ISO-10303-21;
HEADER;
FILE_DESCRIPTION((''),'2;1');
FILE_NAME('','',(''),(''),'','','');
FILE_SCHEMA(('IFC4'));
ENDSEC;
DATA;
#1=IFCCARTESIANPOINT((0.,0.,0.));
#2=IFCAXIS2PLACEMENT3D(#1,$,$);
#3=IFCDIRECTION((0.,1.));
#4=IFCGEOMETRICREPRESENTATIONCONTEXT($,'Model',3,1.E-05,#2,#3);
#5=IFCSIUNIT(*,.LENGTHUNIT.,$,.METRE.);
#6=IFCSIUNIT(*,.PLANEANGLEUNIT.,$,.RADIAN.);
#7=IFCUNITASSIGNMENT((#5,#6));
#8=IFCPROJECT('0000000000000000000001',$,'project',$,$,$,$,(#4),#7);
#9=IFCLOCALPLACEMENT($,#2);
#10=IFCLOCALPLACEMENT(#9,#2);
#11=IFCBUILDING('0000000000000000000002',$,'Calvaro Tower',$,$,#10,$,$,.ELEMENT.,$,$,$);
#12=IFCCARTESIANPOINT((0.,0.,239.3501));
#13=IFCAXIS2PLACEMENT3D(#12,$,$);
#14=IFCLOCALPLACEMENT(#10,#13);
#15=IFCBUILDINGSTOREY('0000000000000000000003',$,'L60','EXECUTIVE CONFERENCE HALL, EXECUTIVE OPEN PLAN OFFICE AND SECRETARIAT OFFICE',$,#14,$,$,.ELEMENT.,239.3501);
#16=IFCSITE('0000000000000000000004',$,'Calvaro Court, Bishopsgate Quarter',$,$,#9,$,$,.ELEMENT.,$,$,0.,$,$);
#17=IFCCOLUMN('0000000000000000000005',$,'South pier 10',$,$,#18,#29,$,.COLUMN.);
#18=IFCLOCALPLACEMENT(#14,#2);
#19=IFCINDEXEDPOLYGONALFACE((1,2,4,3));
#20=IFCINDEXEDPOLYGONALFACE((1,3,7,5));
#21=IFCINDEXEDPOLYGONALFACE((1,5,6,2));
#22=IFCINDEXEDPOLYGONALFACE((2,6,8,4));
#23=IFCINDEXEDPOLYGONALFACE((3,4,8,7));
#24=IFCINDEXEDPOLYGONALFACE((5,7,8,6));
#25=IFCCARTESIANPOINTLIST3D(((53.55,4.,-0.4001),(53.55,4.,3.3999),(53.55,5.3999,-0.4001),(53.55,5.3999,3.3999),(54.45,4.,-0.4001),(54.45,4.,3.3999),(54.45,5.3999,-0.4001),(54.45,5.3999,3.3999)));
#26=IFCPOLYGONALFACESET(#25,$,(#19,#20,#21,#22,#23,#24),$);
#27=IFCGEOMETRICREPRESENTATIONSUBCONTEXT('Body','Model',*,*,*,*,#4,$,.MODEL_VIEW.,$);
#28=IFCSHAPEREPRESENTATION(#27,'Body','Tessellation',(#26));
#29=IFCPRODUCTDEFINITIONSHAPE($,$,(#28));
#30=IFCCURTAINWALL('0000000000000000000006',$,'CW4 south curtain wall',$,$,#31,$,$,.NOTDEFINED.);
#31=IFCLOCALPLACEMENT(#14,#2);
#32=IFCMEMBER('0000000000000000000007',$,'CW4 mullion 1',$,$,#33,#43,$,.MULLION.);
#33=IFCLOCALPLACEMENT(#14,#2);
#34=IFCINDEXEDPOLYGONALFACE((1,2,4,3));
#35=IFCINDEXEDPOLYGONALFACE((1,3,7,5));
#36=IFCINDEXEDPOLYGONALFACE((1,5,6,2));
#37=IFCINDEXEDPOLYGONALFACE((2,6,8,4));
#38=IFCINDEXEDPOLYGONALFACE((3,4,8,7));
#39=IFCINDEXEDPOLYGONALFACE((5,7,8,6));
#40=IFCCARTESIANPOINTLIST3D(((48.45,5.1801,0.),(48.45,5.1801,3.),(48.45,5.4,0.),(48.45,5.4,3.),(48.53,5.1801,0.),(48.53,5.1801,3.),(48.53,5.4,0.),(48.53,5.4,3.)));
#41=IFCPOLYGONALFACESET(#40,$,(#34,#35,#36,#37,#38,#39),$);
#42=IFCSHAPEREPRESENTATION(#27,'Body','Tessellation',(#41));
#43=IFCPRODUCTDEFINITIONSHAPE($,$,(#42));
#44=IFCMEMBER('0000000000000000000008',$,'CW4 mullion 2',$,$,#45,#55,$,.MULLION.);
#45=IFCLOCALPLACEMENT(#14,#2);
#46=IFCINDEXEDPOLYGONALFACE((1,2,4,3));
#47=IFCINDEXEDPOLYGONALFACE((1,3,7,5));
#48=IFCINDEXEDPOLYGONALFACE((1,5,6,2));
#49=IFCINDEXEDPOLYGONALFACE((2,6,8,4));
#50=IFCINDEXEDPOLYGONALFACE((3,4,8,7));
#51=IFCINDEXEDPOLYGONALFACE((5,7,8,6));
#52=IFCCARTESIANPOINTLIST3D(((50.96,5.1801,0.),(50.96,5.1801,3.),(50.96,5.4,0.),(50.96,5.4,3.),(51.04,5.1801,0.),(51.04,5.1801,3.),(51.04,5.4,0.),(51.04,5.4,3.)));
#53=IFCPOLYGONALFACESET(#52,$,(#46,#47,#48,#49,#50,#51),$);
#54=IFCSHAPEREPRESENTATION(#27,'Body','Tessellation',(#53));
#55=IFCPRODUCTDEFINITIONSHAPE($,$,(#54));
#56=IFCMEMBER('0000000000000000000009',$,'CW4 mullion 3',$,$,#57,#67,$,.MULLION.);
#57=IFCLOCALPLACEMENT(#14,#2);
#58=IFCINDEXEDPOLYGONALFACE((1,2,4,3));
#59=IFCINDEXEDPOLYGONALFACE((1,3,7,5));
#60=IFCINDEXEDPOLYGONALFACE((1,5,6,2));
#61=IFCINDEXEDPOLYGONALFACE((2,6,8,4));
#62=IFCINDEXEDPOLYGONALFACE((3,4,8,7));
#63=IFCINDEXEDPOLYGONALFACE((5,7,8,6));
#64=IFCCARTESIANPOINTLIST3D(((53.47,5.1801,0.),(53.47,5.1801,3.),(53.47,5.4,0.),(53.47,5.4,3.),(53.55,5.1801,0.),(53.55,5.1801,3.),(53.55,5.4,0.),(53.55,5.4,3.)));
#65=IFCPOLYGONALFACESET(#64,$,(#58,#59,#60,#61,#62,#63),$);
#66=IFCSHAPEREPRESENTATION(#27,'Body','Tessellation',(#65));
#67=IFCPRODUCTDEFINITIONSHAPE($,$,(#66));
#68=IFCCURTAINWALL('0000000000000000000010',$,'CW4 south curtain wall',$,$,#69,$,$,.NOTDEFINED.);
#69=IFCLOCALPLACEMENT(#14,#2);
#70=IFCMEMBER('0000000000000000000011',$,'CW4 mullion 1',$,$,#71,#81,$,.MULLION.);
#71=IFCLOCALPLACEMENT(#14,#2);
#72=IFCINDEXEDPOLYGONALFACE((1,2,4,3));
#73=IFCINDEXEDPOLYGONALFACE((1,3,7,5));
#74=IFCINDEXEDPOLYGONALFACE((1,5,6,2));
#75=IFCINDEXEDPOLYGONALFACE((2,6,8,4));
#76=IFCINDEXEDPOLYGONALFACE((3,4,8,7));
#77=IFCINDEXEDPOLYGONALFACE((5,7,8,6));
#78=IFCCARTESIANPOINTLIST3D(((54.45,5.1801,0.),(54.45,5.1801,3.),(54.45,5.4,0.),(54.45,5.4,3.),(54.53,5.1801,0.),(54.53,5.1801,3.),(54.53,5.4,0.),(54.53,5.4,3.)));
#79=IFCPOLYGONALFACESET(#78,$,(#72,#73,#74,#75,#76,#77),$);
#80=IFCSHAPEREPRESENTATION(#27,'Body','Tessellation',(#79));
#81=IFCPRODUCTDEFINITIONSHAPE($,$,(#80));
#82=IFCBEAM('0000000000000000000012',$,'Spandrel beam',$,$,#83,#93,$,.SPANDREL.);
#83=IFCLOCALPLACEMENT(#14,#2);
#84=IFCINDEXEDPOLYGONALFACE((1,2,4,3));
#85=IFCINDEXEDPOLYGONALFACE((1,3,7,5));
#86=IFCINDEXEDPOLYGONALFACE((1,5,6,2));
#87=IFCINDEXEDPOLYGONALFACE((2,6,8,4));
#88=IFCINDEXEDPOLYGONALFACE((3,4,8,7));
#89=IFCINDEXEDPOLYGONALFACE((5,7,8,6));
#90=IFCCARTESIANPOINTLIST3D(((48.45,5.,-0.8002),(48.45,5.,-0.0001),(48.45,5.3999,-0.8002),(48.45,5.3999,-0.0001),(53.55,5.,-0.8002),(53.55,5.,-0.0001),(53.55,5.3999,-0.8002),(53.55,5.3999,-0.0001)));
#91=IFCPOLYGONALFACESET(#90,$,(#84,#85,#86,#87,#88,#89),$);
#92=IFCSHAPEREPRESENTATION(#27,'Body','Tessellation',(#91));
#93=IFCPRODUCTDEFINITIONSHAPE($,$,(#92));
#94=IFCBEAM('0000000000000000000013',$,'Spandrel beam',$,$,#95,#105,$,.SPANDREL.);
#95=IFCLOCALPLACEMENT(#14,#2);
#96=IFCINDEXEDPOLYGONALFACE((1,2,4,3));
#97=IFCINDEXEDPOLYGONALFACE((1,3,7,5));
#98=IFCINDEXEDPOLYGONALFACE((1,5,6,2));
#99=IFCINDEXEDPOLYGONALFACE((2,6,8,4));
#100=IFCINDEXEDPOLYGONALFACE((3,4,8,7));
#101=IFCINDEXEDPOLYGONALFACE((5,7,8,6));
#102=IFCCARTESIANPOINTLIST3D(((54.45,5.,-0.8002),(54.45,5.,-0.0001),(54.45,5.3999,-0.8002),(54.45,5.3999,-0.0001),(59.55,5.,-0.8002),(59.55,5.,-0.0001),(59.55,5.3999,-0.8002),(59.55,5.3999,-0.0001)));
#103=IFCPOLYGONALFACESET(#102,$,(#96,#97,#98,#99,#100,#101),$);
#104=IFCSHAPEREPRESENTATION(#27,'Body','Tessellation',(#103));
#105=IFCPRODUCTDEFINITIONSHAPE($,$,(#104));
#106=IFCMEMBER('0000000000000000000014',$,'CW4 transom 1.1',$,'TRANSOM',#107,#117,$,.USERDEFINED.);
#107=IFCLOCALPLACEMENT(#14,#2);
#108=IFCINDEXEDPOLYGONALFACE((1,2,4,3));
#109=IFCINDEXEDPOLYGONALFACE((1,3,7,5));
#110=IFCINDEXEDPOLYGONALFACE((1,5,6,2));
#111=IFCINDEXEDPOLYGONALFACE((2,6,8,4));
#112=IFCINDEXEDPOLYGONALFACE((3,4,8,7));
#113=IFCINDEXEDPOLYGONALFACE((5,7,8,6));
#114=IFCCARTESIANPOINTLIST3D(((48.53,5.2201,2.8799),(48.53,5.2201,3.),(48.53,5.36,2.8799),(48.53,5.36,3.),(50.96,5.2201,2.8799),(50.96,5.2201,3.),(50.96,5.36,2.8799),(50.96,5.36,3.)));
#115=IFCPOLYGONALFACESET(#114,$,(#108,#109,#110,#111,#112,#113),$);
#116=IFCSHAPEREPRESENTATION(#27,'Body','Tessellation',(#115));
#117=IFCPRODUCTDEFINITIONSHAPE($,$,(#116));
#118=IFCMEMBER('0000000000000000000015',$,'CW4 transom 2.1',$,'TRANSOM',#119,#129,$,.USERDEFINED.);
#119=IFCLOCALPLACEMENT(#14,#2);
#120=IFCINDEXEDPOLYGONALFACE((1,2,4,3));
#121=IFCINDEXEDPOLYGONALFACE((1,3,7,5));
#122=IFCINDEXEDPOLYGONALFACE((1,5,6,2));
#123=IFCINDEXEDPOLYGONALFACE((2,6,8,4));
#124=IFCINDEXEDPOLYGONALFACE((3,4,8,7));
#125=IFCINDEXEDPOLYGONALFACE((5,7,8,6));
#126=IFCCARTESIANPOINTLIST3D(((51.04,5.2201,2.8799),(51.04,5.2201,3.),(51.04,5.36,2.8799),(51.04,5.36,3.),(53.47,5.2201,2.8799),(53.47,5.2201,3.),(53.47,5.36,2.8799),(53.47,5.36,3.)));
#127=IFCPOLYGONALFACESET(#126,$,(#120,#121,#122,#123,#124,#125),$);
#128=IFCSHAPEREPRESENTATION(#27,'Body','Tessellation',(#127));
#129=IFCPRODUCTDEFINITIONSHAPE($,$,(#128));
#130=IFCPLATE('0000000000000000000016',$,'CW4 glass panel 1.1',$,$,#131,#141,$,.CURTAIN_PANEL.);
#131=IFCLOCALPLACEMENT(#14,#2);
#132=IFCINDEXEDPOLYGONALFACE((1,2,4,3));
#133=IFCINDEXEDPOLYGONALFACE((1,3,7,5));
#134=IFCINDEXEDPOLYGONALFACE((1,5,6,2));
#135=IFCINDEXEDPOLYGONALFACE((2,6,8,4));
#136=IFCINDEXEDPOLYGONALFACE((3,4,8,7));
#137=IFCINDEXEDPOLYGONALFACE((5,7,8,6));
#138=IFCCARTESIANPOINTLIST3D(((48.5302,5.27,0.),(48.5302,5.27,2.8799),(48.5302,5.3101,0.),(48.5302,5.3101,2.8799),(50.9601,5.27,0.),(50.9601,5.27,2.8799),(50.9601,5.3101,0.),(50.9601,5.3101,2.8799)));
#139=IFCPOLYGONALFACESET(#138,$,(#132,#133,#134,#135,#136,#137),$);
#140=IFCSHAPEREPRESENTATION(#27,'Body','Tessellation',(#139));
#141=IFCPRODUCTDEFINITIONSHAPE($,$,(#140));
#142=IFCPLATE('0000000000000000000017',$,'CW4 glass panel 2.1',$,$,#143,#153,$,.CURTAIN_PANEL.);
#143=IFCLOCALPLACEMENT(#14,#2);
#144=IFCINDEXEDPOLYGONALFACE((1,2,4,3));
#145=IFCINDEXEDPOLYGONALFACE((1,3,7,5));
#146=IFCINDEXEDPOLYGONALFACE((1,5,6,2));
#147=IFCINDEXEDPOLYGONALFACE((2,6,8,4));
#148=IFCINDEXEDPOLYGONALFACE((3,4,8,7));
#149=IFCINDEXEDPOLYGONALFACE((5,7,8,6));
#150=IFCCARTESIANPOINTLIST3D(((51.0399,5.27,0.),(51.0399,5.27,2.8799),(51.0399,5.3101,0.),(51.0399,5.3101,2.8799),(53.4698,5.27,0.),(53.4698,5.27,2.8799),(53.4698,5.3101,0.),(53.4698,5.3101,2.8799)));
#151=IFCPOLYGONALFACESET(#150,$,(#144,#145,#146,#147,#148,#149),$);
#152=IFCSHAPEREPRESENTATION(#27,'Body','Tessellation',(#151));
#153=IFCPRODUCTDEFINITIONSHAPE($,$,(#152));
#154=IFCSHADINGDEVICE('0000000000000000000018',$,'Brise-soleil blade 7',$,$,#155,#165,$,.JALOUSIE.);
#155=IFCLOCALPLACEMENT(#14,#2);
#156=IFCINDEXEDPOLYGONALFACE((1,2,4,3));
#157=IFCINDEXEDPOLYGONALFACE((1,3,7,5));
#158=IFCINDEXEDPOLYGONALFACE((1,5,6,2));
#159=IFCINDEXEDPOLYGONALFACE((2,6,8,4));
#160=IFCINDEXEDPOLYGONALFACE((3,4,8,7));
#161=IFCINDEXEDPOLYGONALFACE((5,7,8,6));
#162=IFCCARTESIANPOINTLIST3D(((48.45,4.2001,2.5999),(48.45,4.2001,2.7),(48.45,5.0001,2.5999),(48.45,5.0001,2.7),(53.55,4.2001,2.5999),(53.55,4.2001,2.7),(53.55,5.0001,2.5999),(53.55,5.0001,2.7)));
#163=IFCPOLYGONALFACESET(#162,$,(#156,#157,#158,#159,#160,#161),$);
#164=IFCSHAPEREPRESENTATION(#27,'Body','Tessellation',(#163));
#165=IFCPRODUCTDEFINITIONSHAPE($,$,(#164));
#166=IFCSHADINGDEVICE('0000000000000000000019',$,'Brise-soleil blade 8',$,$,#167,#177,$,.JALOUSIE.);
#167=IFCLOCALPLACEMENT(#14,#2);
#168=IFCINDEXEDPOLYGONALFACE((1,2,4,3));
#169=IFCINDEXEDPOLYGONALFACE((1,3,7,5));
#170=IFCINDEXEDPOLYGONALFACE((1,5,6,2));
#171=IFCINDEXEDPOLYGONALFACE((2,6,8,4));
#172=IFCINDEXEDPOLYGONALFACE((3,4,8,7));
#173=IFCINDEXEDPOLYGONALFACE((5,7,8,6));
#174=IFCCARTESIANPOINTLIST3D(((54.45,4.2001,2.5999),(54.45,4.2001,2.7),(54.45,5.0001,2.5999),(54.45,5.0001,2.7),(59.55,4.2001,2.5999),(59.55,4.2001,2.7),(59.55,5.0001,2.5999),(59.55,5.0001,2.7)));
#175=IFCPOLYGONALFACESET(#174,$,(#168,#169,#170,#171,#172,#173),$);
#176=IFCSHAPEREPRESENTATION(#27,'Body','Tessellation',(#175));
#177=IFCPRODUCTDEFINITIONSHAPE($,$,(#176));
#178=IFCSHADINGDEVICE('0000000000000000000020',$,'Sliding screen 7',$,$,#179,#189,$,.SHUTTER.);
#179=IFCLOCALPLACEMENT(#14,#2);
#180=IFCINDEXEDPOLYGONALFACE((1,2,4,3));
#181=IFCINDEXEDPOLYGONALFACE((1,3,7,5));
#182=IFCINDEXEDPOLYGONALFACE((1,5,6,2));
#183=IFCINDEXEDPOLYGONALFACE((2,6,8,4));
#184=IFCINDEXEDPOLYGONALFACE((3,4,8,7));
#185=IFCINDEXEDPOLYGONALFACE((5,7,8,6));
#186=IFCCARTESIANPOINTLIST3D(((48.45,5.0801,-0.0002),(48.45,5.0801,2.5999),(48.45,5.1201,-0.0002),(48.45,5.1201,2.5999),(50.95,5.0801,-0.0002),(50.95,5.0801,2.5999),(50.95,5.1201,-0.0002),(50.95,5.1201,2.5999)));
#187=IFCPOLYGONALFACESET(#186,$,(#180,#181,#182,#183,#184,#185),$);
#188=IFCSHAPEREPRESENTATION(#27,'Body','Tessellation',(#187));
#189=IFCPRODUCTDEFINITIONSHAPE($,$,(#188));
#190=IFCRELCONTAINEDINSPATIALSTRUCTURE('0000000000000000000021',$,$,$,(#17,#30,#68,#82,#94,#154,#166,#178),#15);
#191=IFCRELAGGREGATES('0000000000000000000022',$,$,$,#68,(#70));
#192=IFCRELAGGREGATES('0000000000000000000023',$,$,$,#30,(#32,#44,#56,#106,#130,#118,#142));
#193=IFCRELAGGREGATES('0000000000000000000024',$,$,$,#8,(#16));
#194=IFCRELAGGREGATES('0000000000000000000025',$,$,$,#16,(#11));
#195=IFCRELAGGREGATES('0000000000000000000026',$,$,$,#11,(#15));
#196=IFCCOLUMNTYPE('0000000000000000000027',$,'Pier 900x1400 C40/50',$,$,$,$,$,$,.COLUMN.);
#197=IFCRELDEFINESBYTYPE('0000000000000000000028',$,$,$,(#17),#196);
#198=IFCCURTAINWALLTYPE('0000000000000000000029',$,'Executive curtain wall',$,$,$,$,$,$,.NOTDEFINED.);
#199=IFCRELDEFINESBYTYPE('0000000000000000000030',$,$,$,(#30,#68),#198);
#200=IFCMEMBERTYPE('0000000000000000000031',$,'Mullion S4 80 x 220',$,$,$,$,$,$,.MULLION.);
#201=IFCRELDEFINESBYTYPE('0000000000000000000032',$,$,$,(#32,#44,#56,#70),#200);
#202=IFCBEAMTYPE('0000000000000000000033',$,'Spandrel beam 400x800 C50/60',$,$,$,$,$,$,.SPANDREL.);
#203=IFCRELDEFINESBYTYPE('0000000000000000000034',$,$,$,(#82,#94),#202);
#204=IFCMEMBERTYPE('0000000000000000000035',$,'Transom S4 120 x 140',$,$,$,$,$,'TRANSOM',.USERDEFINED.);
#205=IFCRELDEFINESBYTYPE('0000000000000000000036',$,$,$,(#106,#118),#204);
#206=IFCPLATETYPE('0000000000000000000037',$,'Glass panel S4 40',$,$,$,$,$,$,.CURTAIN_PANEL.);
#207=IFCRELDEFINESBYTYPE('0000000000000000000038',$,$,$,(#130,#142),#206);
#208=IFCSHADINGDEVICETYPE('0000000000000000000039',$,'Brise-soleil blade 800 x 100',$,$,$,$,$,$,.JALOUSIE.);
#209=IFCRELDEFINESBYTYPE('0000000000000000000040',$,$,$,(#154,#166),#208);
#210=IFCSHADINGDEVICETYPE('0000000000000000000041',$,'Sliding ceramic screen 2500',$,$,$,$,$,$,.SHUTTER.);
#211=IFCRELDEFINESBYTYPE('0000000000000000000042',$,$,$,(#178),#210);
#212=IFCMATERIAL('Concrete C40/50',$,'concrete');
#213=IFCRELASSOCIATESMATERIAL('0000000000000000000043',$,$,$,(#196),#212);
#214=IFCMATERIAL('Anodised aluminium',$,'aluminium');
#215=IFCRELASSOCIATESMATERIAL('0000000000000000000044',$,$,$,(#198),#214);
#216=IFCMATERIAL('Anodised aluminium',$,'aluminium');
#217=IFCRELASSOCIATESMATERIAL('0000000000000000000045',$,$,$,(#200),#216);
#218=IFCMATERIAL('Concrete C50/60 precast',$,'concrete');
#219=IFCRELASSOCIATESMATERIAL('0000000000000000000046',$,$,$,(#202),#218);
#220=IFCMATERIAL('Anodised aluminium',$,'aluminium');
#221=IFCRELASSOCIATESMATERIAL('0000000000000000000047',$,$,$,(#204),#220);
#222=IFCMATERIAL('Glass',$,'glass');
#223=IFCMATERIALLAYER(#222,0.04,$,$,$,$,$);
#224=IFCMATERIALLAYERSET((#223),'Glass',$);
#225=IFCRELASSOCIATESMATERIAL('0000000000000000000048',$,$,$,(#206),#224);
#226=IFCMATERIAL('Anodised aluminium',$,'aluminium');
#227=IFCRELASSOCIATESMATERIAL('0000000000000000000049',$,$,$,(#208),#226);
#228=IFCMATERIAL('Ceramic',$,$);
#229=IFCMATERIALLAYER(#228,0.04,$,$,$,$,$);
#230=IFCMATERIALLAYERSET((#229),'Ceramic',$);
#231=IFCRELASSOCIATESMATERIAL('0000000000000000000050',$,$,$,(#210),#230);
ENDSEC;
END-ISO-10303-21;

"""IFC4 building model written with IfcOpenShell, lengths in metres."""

from ifc_helpers import new_model, si_unit, direction, frame, origin, origin_2d, place, context, subcontext, project, spatial, rectangle, extrude, material, layer, layer_set, material_profile, profile_set, type_object, element, aggregate, save


model = new_model("IFC4")

# Units and contexts
model_context = context("Model", 3, precision=1e-05, world=origin(), true_north=direction((0.0, 1.0)))
body_context = subcontext(model_context, "Body", "Model", "MODEL_VIEW")
ifc_project = project(units=[si_unit("LENGTHUNIT", "METRE"), si_unit("PLANEANGLEUNIT", "RADIAN")], contexts=[model_context])

# Site, building, storey
site_placement = place(None, origin())
site = spatial("IfcSite", under=ifc_project, at=site_placement, Name="Calvaro Court, Bishopsgate Quarter", CompositionType="ELEMENT", RefElevation=0.0)
building_placement = place(site_placement, origin())
building = spatial("IfcBuilding", under=site, at=building_placement, Name="Calvaro Tower", CompositionType="ELEMENT")
storey_placement = place(building_placement, frame((0.0, 0.0, 239.3501)))
storey = spatial("IfcBuildingStorey", under=building, at=storey_placement, Name="L60", Description="EXECUTIVE CONFERENCE HALL, EXECUTIVE OPEN PLAN OFFICE AND SECRETARIAT OFFICE", CompositionType="ELEMENT", Elevation=239.3501)

# Column
ifc_material_1 = material(Name="Concrete C40/50", Category="concrete")
ifc_material_profile_1 = material_profile(ifc_material_1, rectangle(XDim=0.8999, YDim=1.3999, at=origin_2d()), Name="RC 900x1400")
ifc_profile_set_1 = profile_set([ifc_material_profile_1], Name="Concrete C40/50")
column_type = type_object("IfcColumnType", Name="Pier 900x1400 C40/50", PredefinedType="COLUMN", material=ifc_profile_set_1)
column_placement = place(storey_placement, frame((54.0, 4.7, -0.4001), z_axis=(0.0, 0.0, 1.0), x_axis=(1.0, 0.0, 0.0)))
element("IfcColumn", 1, at=column_placement, inside=storey, type_object=column_type, Name="South pier 10", PredefinedType="COLUMN", context=body_context, shape_type="SweptSolid", body=[
    extrude(rectangle(XDim=0.8999, YDim=1.3999, at=origin_2d()), origin(), (0.0, 0.0, 1.0), 3.8),
])

# Curtain wall, members
ifc_material_2 = material(Name="Anodised aluminium", Category="aluminium")
curtain_wall_type = type_object("IfcCurtainWallType", Name="Executive curtain wall", PredefinedType="NOTDEFINED", material=ifc_material_2)
curtain_wall_1_placement = place(storey_placement, origin())
curtain_wall_1 = element("IfcCurtainWall", 2, at=curtain_wall_1_placement, inside=storey, type_object=curtain_wall_type, Name="CW4 south curtain wall", PredefinedType="NOTDEFINED")
ifc_material_3 = material(Name="Anodised aluminium", Category="aluminium")
ifc_material_profile_2 = material_profile(ifc_material_3, rectangle(XDim=0.22, YDim=0.0801, at=origin_2d()), Name="Mullion S4 80 x 220")
ifc_profile_set_2 = profile_set([ifc_material_profile_2], Name="Anodised aluminium")
member_type_1 = type_object("IfcMemberType", Name="Mullion S4 80 x 220", PredefinedType="MULLION", material=ifc_profile_set_2)
member_1_placement = place(storey_placement, frame((48.49, 5.29, 0.0), z_axis=(0.0, 0.0, 1.0), x_axis=(0.0, 1.0, 0.0)))
member_1 = element("IfcMember", 3, at=member_1_placement, type_object=member_type_1, Name="CW4 mullion 1", PredefinedType="MULLION", context=body_context, shape_type="SweptSolid", body=[
    extrude(rectangle(XDim=0.22, YDim=0.0801, at=origin_2d()), origin(), (0.0, 0.0, 1.0), 3.0),
])
member_2_placement = place(storey_placement, frame((51.0, 5.29, 0.0), z_axis=(0.0, 0.0, 1.0), x_axis=(0.0, 1.0, 0.0)))
member_2 = element("IfcMember", 4, at=member_2_placement, type_object=member_type_1, Name="CW4 mullion 2", PredefinedType="MULLION", context=body_context, shape_type="SweptSolid", body=[
    extrude(rectangle(XDim=0.22, YDim=0.0801, at=origin_2d()), origin(), (0.0, 0.0, 1.0), 3.0),
])
member_3_placement = place(storey_placement, frame((53.51, 5.29, 0.0), z_axis=(0.0, 0.0, 1.0), x_axis=(0.0, 1.0, 0.0)))
member_3 = element("IfcMember", 5, at=member_3_placement, type_object=member_type_1, Name="CW4 mullion 3", PredefinedType="MULLION", context=body_context, shape_type="SweptSolid", body=[
    extrude(rectangle(XDim=0.22, YDim=0.0801, at=origin_2d()), origin(), (0.0, 0.0, 1.0), 3.0),
])

# Curtain wall, member
curtain_wall_2_placement = place(storey_placement, origin())
curtain_wall_2 = element("IfcCurtainWall", 6, at=curtain_wall_2_placement, inside=storey, type_object=curtain_wall_type, Name="CW4 south curtain wall", PredefinedType="NOTDEFINED")
member_4_placement = place(storey_placement, frame((54.49, 5.29, 0.0), z_axis=(0.0, 0.0, 1.0), x_axis=(0.0, 1.0, 0.0)))
member_4 = element("IfcMember", 7, at=member_4_placement, type_object=member_type_1, Name="CW4 mullion 1", PredefinedType="MULLION", context=body_context, shape_type="SweptSolid", body=[
    extrude(rectangle(XDim=0.22, YDim=0.0801, at=origin_2d()), origin(), (0.0, 0.0, 1.0), 3.0),
])
aggregate(curtain_wall_2, [member_4])

# Beams
ifc_material_4 = material(Name="Concrete C50/60 precast", Category="concrete")
ifc_material_profile_3 = material_profile(ifc_material_4, rectangle(XDim=0.3999, YDim=0.8, at=origin_2d()), Name="RC 400x800")
ifc_profile_set_3 = profile_set([ifc_material_profile_3], Name="Concrete C50/60 precast")
beam_type = type_object("IfcBeamType", Name="Spandrel beam 400x800 C50/60", PredefinedType="SPANDREL", material=ifc_profile_set_3)
for number, where, z_axis, x_axis, name in (
    (8, (48.45, 5.2, -0.4001), (1.0, 0.0, 0.0), (0.0, 1.0, 0.0), "Spandrel beam"),
    (9, (54.45, 5.2, -0.4001), (1.0, 0.0, 0.0), (0.0, 1.0, 0.0), "Spandrel beam"),
):
    element("IfcBeam", number, at=place(storey_placement, frame(where, z_axis=z_axis, x_axis=x_axis)), inside=storey, type_object=beam_type, Name=name, PredefinedType="SPANDREL", context=body_context, shape_type="SweptSolid", body=[
        extrude(rectangle(XDim=0.3999, YDim=0.8, at=origin_2d()), origin(), (0.0, 0.0, 1.0), 5.1001),
    ])

# Members
ifc_material_5 = material(Name="Anodised aluminium", Category="aluminium")
ifc_material_profile_4 = material_profile(ifc_material_5, rectangle(XDim=0.1399, YDim=0.1201, at=origin_2d()), Name="Transom S4 120 x 140")
ifc_profile_set_4 = profile_set([ifc_material_profile_4], Name="Anodised aluminium")
member_type_2 = type_object("IfcMemberType", Name="Transom S4 120 x 140", ElementType="TRANSOM", PredefinedType="USERDEFINED", material=ifc_profile_set_4)
member_5_placement = place(storey_placement, frame((48.53, 5.29, 2.9399), z_axis=(1.0, 0.0, 0.0), x_axis=(0.0, 1.0, 0.0)))
member_5 = element("IfcMember", 10, at=member_5_placement, type_object=member_type_2, Name="CW4 transom 1.1", ObjectType="TRANSOM", PredefinedType="USERDEFINED", context=body_context, shape_type="SweptSolid", body=[
    extrude(rectangle(XDim=0.1399, YDim=0.1201, at=origin_2d()), origin(), (0.0, 0.0, 1.0), 2.4299),
])
member_6_placement = place(storey_placement, frame((51.04, 5.29, 2.9399), z_axis=(1.0, 0.0, 0.0), x_axis=(0.0, 1.0, 0.0)))
member_6 = element("IfcMember", 11, at=member_6_placement, type_object=member_type_2, Name="CW4 transom 2.1", ObjectType="TRANSOM", PredefinedType="USERDEFINED", context=body_context, shape_type="SweptSolid", body=[
    extrude(rectangle(XDim=0.1399, YDim=0.1201, at=origin_2d()), origin(), (0.0, 0.0, 1.0), 2.4299),
])

# Plates
ifc_material_6 = material(Name="Glass", Category="glass")
ifc_layer_1 = layer(ifc_material_6, 0.04)
ifc_layer_set_1 = layer_set([ifc_layer_1], Name="Glass")
plate_type = type_object("IfcPlateType", Name="Glass panel S4 40", PredefinedType="CURTAIN_PANEL", material=ifc_layer_set_1)
plate_1_placement = place(storey_placement, frame((49.7451, 5.29, 0.0), z_axis=(0.0, 0.0, 1.0), x_axis=(1.0, 0.0, 0.0)))
plate_1 = element("IfcPlate", 12, at=plate_1_placement, type_object=plate_type, Name="CW4 glass panel 1.1", PredefinedType="CURTAIN_PANEL", context=body_context, shape_type="SweptSolid", body=[
    extrude(rectangle(XDim=2.4299, YDim=0.04, at=origin_2d()), origin(), (0.0, 0.0, 1.0), 2.8799),
])
plate_2_placement = place(storey_placement, frame((52.2549, 5.29, 0.0), z_axis=(0.0, 0.0, 1.0), x_axis=(1.0, 0.0, 0.0)))
plate_2 = element("IfcPlate", 13, at=plate_2_placement, type_object=plate_type, Name="CW4 glass panel 2.1", PredefinedType="CURTAIN_PANEL", context=body_context, shape_type="SweptSolid", body=[
    extrude(rectangle(XDim=2.4299, YDim=0.04, at=origin_2d()), origin(), (0.0, 0.0, 1.0), 2.8799),
])
aggregate(curtain_wall_1, [member_1, member_2, member_3, member_5, plate_1, member_6, plate_2])

# Shading devices
ifc_material_7 = material(Name="Anodised aluminium", Category="aluminium")
ifc_material_profile_5 = material_profile(ifc_material_7, rectangle(XDim=0.8, YDim=0.1001, at=origin_2d()), Name="Brise-soleil blade 800 x 100")
ifc_profile_set_5 = profile_set([ifc_material_profile_5], Name="Anodised aluminium")
shading_device_type_1 = type_object("IfcShadingDeviceType", Name="Brise-soleil blade 800 x 100", PredefinedType="JALOUSIE", material=ifc_profile_set_5)
for number, where, z_axis, x_axis, name in (
    (14, (48.45, 4.6001, 2.6499), (1.0, 0.0, 0.0), (0.0, 1.0, 0.0), "Brise-soleil blade 7"),
    (15, (54.45, 4.6001, 2.6499), (1.0, 0.0, 0.0), (0.0, 1.0, 0.0), "Brise-soleil blade 8"),
):
    element("IfcShadingDevice", number, at=place(storey_placement, frame(where, z_axis=z_axis, x_axis=x_axis)), inside=storey, type_object=shading_device_type_1, Name=name, PredefinedType="JALOUSIE", context=body_context, shape_type="SweptSolid", body=[
        extrude(rectangle(XDim=0.8, YDim=0.1001, at=origin_2d()), origin(), (0.0, 0.0, 1.0), 5.1001),
    ])
ifc_material_8 = material(Name="Ceramic")
ifc_layer_2 = layer(ifc_material_8, 0.04)
ifc_layer_set_2 = layer_set([ifc_layer_2], Name="Ceramic")
shading_device_type_2 = type_object("IfcShadingDeviceType", Name="Sliding ceramic screen 2500", PredefinedType="SHUTTER", material=ifc_layer_set_2)
shading_device_placement = place(storey_placement, frame((49.7, 5.1001, -0.0002), z_axis=(0.0, 0.0, 1.0), x_axis=(1.0, 0.0, 0.0)))
element("IfcShadingDevice", 16, at=shading_device_placement, inside=storey, type_object=shading_device_type_2, Name="Sliding screen 7", PredefinedType="SHUTTER", context=body_context, shape_type="SweptSolid", body=[
    extrude(rectangle(XDim=2.5, YDim=0.04, at=origin_2d()), origin(), (0.0, 0.0, 1.0), 2.6001),
])

save(model, "model.ifc")
